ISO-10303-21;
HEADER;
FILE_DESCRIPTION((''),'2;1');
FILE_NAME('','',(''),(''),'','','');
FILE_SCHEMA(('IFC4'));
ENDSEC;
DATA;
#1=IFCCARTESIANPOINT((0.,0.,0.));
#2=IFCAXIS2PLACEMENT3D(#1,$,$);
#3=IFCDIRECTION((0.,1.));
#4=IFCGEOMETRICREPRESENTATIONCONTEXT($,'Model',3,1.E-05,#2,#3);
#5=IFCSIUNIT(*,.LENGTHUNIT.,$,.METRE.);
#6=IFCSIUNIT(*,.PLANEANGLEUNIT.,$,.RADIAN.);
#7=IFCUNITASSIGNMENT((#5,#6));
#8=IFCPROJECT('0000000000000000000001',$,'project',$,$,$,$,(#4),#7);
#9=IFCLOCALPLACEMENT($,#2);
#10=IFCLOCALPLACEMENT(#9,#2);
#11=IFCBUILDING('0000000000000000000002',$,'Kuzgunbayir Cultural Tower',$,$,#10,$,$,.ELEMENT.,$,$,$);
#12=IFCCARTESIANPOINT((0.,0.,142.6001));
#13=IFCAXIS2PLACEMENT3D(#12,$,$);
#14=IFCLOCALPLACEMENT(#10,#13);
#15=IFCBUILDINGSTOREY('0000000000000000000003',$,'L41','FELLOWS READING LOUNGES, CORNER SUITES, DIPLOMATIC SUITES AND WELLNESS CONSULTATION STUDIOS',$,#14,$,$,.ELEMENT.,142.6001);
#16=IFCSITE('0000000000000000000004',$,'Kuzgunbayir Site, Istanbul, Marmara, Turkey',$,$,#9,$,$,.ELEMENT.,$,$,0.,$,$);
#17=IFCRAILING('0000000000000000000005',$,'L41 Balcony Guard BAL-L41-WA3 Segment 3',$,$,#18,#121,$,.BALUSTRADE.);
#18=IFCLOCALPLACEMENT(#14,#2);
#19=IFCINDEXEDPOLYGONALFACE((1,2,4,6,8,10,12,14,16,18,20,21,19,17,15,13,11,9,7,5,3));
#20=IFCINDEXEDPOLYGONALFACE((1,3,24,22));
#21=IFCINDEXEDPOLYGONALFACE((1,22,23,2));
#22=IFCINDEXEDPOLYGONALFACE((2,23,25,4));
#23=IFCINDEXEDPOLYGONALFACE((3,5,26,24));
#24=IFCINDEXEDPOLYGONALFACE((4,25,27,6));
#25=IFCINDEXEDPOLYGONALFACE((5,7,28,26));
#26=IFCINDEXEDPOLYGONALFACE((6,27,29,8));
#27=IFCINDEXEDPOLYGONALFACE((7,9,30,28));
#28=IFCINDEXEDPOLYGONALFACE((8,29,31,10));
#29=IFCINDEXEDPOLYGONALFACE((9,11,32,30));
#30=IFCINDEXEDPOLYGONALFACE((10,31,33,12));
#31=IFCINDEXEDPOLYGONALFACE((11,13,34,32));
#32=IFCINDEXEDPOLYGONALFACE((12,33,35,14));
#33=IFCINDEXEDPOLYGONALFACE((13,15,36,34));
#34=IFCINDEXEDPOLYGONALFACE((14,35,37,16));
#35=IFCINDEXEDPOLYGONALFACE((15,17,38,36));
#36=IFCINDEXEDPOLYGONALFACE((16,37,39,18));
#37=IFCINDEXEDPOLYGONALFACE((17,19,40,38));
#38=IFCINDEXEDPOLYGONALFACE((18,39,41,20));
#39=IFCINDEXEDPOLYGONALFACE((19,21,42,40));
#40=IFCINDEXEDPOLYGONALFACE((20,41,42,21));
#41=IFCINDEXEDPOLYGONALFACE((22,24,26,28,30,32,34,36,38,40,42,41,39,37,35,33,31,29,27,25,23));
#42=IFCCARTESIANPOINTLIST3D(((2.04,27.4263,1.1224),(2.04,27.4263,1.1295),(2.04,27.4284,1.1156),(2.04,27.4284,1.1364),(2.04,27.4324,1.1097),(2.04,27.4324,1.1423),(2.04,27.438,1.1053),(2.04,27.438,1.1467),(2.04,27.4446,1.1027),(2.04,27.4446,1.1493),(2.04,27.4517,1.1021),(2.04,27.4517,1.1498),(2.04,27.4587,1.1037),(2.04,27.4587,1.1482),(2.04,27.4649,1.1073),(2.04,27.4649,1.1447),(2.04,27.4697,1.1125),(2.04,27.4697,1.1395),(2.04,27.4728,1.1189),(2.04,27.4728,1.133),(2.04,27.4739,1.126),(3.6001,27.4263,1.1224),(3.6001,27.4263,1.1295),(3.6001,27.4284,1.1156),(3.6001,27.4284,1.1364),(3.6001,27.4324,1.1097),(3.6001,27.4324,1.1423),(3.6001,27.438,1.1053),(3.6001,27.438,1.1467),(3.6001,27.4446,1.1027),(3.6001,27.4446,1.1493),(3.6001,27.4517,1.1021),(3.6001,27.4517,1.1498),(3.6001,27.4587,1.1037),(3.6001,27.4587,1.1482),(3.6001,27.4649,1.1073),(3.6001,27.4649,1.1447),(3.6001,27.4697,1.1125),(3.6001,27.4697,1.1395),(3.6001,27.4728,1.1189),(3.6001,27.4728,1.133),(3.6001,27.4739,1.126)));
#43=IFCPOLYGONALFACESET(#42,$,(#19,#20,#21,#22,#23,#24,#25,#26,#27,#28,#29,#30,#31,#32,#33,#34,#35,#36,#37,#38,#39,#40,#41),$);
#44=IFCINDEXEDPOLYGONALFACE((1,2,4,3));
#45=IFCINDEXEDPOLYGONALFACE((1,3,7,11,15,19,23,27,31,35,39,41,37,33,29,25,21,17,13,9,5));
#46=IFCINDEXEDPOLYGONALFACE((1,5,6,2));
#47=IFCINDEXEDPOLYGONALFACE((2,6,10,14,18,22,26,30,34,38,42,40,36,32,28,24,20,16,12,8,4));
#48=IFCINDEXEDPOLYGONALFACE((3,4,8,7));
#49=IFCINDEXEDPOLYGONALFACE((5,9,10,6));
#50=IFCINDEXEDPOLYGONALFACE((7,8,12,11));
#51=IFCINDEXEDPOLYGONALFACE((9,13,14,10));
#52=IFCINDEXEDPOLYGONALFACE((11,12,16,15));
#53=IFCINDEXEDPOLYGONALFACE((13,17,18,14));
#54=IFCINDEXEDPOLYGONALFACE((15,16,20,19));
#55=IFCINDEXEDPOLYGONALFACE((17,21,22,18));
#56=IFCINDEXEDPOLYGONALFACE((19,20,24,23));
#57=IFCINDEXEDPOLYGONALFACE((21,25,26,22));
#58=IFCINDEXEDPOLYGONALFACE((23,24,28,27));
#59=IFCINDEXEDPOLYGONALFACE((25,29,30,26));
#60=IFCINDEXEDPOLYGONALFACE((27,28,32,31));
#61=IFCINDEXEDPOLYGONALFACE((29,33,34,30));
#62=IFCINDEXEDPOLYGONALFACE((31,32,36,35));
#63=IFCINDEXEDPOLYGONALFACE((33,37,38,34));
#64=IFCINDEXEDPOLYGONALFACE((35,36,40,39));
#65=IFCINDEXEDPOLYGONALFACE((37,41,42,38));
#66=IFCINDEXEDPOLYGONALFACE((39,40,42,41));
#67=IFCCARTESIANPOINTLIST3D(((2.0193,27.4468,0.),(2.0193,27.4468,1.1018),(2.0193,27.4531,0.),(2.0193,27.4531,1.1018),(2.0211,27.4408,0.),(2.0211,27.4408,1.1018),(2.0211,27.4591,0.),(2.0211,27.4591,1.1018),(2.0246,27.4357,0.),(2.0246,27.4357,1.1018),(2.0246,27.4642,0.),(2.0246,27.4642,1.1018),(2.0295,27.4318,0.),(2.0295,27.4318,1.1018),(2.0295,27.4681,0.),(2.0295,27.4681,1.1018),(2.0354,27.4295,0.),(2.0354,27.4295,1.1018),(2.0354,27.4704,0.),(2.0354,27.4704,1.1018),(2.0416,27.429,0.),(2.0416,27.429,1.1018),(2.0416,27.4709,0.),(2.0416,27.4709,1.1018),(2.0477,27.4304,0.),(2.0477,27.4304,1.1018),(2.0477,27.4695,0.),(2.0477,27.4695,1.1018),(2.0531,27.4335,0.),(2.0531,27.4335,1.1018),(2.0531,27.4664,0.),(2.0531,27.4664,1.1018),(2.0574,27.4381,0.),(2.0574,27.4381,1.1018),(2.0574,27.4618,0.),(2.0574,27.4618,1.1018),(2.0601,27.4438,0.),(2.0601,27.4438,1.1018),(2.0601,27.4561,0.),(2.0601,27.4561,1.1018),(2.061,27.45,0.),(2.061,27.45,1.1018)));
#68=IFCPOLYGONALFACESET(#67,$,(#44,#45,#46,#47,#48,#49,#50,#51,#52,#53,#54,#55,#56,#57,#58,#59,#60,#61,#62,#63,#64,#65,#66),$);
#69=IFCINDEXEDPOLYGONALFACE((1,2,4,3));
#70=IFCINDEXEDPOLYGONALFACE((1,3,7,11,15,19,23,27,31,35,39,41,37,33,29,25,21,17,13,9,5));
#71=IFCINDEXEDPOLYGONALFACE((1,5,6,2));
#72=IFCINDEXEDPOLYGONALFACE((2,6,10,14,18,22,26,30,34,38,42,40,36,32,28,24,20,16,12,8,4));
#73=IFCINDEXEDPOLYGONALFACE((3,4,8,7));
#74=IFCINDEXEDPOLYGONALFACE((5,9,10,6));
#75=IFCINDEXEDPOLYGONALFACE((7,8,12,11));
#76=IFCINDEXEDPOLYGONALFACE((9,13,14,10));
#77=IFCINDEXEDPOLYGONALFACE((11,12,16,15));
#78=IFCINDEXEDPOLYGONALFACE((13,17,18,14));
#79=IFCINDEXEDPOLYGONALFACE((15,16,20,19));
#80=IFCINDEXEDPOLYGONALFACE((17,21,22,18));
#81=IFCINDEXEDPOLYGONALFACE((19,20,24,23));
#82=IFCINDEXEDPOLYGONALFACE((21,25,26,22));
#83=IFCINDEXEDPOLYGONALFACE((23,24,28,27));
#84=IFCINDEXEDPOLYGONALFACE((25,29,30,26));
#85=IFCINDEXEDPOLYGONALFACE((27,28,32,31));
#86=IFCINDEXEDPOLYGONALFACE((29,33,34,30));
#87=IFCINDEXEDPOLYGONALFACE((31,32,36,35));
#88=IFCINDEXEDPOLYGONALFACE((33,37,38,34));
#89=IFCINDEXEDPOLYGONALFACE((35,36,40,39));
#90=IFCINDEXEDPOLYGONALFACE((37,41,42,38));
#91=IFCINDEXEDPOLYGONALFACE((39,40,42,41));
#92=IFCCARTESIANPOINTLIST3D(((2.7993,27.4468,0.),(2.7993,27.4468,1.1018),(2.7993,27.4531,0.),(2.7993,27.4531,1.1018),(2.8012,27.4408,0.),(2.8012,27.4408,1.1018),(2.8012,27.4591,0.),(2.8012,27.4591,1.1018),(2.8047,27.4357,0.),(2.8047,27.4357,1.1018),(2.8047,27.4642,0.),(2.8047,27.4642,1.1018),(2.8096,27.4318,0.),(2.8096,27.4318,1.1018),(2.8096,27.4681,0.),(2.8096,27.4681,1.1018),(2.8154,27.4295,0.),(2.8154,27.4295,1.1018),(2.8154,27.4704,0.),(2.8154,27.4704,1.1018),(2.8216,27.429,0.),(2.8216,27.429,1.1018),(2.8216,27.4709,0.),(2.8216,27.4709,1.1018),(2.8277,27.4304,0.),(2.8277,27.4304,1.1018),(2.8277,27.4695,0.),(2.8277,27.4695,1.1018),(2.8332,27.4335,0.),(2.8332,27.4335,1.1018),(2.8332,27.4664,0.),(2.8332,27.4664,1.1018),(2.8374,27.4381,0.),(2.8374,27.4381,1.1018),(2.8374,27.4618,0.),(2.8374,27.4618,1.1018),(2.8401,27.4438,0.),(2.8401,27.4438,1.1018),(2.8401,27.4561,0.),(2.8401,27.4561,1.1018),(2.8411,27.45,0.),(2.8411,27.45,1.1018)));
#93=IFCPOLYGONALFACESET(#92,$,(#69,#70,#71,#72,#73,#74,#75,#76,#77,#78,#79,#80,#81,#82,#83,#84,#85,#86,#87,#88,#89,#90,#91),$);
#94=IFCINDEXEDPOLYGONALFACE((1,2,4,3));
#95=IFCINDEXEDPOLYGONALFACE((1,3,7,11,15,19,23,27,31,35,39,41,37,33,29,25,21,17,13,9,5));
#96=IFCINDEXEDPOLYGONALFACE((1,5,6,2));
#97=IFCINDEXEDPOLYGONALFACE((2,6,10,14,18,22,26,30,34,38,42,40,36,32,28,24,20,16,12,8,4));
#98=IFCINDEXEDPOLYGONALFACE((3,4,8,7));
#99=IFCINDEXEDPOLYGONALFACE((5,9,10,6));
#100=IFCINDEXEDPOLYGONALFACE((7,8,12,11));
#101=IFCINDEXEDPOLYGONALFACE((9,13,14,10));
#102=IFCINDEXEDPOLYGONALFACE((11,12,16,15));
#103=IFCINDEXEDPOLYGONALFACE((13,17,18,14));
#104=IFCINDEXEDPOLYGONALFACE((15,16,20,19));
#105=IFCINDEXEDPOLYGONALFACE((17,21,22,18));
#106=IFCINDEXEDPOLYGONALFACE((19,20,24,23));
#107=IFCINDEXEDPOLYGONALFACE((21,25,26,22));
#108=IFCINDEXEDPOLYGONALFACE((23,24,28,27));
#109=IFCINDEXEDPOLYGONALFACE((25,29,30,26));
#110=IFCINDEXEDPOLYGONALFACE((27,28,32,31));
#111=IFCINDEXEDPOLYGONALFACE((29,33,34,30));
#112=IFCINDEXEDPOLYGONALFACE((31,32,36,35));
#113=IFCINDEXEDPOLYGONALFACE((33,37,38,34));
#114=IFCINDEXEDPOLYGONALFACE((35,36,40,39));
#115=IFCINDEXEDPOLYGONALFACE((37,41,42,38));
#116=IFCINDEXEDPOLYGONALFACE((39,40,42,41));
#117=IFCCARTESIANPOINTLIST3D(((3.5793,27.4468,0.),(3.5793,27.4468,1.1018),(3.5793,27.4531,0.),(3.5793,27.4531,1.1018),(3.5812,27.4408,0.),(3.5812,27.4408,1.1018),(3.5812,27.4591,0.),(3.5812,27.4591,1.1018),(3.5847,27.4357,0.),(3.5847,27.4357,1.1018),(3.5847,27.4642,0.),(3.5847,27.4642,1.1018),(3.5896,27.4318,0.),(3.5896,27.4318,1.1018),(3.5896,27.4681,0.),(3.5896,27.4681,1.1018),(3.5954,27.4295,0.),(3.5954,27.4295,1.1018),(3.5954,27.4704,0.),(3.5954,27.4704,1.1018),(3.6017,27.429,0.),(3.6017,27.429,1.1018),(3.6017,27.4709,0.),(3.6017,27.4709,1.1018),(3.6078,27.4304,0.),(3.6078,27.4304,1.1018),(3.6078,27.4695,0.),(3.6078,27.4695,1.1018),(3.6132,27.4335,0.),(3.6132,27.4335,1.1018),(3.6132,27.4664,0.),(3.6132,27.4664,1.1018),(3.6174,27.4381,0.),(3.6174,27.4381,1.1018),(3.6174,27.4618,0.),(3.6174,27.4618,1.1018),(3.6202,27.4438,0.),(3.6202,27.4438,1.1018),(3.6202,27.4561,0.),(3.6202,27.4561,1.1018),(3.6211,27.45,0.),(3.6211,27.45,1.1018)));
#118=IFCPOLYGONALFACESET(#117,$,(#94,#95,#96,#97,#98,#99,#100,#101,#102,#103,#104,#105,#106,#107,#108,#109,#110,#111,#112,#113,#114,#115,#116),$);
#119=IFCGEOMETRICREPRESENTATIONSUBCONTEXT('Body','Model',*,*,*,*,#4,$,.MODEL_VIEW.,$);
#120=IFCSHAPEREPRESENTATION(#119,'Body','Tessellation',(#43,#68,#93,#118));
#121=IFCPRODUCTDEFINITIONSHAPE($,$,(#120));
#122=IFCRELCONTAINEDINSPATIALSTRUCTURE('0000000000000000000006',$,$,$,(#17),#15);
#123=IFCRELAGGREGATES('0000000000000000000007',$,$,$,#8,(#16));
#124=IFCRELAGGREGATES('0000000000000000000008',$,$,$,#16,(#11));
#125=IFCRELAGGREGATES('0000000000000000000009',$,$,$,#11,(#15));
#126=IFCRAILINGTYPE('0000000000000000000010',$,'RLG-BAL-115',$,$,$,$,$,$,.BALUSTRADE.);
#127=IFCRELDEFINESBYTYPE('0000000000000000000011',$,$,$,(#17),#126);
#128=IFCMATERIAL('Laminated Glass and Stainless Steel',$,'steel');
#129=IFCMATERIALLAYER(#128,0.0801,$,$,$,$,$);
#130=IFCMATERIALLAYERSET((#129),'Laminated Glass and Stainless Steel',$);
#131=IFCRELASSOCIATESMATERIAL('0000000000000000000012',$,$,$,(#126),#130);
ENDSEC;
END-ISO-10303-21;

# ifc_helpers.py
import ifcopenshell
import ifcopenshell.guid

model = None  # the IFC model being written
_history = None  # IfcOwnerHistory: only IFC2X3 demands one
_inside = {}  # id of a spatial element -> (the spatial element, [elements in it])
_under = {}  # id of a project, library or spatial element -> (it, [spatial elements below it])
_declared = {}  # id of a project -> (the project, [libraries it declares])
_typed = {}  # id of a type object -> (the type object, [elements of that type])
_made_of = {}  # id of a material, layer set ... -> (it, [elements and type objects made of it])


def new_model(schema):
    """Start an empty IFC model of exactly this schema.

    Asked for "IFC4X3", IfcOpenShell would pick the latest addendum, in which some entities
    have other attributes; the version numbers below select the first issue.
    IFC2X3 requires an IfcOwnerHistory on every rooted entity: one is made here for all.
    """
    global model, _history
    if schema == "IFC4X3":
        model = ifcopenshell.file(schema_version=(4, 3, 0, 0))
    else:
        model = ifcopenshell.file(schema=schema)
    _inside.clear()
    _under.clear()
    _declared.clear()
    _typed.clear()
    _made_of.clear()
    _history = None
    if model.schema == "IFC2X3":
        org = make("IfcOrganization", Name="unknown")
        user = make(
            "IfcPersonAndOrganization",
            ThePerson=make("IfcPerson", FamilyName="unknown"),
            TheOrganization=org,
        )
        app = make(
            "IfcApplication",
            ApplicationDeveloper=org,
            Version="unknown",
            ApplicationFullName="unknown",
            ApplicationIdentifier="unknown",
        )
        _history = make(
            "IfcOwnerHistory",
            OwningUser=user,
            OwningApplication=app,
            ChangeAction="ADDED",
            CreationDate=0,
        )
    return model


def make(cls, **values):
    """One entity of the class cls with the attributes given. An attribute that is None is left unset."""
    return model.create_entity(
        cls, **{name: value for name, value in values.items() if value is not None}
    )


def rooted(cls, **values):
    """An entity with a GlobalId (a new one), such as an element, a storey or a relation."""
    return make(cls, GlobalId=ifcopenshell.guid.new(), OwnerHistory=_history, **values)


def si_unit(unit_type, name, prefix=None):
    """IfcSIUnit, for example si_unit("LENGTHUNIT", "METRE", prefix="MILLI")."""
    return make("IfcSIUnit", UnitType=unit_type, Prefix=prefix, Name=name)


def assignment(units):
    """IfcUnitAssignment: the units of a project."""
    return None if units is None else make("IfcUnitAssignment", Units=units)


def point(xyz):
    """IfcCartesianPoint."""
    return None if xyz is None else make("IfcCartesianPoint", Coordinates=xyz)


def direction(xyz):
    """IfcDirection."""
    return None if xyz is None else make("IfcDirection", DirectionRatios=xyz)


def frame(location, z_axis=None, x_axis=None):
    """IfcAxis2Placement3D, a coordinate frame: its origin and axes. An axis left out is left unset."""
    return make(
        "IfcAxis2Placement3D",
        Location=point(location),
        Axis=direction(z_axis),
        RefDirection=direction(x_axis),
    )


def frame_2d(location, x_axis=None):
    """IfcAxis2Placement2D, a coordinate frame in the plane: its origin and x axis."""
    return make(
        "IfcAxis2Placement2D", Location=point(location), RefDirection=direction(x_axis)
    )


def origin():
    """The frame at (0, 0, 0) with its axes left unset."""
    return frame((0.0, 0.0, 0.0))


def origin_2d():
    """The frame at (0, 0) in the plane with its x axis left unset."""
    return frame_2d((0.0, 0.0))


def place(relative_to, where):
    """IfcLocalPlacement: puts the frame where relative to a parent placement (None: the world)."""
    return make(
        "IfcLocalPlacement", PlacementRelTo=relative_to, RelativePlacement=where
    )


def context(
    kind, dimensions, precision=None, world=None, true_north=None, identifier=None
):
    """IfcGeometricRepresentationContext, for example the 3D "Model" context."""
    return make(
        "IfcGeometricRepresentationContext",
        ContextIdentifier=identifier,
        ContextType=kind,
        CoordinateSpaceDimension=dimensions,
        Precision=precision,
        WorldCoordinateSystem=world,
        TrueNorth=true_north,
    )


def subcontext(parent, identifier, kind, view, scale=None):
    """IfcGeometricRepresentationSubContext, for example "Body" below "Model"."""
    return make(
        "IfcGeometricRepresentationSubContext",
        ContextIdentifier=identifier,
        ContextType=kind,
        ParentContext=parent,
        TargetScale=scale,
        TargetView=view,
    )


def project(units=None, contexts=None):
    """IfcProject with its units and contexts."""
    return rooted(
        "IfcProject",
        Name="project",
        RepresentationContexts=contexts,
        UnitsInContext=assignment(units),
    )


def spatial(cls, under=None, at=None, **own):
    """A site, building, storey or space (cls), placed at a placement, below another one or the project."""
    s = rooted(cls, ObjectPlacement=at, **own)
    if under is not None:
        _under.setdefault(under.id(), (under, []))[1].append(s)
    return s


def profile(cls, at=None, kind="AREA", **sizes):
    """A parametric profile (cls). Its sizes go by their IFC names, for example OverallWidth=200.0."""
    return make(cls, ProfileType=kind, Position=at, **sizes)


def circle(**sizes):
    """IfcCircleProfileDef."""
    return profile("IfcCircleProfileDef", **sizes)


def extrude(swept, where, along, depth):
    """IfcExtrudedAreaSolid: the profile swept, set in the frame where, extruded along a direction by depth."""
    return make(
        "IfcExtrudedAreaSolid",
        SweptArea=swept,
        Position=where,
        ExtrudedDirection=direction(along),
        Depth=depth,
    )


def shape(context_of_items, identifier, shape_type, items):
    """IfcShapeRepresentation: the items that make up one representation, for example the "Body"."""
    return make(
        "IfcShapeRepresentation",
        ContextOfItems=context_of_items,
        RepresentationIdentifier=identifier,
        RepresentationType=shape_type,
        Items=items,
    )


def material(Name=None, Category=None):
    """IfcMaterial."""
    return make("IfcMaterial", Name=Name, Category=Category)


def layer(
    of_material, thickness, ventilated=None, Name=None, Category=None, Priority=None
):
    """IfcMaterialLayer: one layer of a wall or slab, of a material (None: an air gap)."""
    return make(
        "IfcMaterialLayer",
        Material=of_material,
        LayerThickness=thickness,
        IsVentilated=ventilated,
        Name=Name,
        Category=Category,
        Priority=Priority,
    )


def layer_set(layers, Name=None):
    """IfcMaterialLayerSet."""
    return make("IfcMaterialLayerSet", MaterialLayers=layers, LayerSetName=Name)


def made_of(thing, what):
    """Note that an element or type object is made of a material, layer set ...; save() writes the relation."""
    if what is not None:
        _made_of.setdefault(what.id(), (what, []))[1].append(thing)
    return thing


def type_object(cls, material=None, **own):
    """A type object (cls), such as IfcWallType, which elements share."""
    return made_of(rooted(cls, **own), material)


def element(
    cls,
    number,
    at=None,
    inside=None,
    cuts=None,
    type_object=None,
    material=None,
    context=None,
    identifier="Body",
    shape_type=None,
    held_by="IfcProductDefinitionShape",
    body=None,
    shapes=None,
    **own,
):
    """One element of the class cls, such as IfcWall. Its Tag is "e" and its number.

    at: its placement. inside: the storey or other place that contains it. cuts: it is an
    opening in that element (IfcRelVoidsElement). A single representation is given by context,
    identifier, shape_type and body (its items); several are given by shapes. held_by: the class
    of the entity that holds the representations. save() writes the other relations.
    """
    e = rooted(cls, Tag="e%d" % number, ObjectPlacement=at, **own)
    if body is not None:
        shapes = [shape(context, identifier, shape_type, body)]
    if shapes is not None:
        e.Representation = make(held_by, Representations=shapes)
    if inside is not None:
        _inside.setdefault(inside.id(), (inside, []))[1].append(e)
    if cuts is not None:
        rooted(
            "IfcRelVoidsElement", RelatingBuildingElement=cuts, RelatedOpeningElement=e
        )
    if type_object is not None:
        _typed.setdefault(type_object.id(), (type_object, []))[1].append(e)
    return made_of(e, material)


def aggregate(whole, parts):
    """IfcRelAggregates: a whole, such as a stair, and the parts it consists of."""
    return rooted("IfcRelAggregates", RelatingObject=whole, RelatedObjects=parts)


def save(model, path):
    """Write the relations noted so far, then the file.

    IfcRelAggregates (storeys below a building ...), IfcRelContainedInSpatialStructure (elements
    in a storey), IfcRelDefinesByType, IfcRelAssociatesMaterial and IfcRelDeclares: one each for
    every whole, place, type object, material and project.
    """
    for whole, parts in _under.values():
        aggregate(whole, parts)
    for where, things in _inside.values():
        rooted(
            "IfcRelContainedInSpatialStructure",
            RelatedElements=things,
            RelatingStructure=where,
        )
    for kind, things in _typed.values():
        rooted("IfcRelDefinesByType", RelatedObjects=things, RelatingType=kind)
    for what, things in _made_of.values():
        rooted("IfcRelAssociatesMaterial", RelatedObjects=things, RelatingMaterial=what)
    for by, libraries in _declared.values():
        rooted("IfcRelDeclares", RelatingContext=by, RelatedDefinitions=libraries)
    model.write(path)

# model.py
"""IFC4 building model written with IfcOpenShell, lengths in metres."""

from ifc_helpers import new_model, si_unit, direction, frame, origin, origin_2d, place, context, subcontext, project, spatial, circle, extrude, material, layer, layer_set, type_object, element, save


model = new_model("IFC4")

# Units and contexts
model_context = context("Model", 3, precision=1e-05, world=origin(), true_north=direction((0.0, 1.0)))
body_context = subcontext(model_context, "Body", "Model", "MODEL_VIEW")
ifc_project = project(units=[si_unit("LENGTHUNIT", "METRE"), si_unit("PLANEANGLEUNIT", "RADIAN")], contexts=[model_context])

# Site, building, storey
site_placement = place(None, origin())
site = spatial("IfcSite", under=ifc_project, at=site_placement, Name="Kuzgunbayir Site, Istanbul, Marmara, Turkey", CompositionType="ELEMENT", RefElevation=0.0)
building_placement = place(site_placement, origin())
building = spatial("IfcBuilding", under=site, at=building_placement, Name="Kuzgunbayir Cultural Tower", CompositionType="ELEMENT")
storey_placement = place(building_placement, frame((0.0, 0.0, 142.6001)))
storey = spatial("IfcBuildingStorey", under=building, at=storey_placement, Name="L41", Description="FELLOWS READING LOUNGES, CORNER SUITES, DIPLOMATIC SUITES AND WELLNESS CONSULTATION STUDIOS", CompositionType="ELEMENT", Elevation=142.6001)

# Railing
ifc_material_1 = material(Name="Laminated Glass and Stainless Steel", Category="steel")
ifc_layer_1 = layer(ifc_material_1, 0.0801)
ifc_layer_set_1 = layer_set([ifc_layer_1], Name="Laminated Glass and Stainless Steel")
railing_type = type_object("IfcRailingType", Name="RLG-BAL-115", PredefinedType="BALUSTRADE", material=ifc_layer_set_1)
railing_1_placement = place(storey_placement, frame((2.04, 27.45, 0.0)))
element("IfcRailing", 1, at=railing_1_placement, inside=storey, type_object=railing_type, Name="L41 Balcony Guard BAL-L41-WA3 Segment 3", PredefinedType="BALUSTRADE", context=body_context, shape_type="SweptSolid", body=[
    extrude(circle(Radius=0.0239, at=origin_2d()), frame((0.0, 0.0, 1.126), z_axis=(1.0, 0.0, 0.0), x_axis=(0.0, 1.0, 0.0)), (0.0, 0.0, 1.0), 1.5601),
    extrude(circle(Radius=0.021, at=origin_2d()), origin(), (0.0, 0.0, 1.0), 1.1018),
    extrude(circle(Radius=0.021, at=origin_2d()), frame((0.78, 0.0, 0.0)), (0.0, 0.0, 1.0), 1.1018),
    extrude(circle(Radius=0.021, at=origin_2d()), frame((1.5601, 0.0, 0.0)), (0.0, 0.0, 1.0), 1.1018),
])

save(model, "model.ifc")
